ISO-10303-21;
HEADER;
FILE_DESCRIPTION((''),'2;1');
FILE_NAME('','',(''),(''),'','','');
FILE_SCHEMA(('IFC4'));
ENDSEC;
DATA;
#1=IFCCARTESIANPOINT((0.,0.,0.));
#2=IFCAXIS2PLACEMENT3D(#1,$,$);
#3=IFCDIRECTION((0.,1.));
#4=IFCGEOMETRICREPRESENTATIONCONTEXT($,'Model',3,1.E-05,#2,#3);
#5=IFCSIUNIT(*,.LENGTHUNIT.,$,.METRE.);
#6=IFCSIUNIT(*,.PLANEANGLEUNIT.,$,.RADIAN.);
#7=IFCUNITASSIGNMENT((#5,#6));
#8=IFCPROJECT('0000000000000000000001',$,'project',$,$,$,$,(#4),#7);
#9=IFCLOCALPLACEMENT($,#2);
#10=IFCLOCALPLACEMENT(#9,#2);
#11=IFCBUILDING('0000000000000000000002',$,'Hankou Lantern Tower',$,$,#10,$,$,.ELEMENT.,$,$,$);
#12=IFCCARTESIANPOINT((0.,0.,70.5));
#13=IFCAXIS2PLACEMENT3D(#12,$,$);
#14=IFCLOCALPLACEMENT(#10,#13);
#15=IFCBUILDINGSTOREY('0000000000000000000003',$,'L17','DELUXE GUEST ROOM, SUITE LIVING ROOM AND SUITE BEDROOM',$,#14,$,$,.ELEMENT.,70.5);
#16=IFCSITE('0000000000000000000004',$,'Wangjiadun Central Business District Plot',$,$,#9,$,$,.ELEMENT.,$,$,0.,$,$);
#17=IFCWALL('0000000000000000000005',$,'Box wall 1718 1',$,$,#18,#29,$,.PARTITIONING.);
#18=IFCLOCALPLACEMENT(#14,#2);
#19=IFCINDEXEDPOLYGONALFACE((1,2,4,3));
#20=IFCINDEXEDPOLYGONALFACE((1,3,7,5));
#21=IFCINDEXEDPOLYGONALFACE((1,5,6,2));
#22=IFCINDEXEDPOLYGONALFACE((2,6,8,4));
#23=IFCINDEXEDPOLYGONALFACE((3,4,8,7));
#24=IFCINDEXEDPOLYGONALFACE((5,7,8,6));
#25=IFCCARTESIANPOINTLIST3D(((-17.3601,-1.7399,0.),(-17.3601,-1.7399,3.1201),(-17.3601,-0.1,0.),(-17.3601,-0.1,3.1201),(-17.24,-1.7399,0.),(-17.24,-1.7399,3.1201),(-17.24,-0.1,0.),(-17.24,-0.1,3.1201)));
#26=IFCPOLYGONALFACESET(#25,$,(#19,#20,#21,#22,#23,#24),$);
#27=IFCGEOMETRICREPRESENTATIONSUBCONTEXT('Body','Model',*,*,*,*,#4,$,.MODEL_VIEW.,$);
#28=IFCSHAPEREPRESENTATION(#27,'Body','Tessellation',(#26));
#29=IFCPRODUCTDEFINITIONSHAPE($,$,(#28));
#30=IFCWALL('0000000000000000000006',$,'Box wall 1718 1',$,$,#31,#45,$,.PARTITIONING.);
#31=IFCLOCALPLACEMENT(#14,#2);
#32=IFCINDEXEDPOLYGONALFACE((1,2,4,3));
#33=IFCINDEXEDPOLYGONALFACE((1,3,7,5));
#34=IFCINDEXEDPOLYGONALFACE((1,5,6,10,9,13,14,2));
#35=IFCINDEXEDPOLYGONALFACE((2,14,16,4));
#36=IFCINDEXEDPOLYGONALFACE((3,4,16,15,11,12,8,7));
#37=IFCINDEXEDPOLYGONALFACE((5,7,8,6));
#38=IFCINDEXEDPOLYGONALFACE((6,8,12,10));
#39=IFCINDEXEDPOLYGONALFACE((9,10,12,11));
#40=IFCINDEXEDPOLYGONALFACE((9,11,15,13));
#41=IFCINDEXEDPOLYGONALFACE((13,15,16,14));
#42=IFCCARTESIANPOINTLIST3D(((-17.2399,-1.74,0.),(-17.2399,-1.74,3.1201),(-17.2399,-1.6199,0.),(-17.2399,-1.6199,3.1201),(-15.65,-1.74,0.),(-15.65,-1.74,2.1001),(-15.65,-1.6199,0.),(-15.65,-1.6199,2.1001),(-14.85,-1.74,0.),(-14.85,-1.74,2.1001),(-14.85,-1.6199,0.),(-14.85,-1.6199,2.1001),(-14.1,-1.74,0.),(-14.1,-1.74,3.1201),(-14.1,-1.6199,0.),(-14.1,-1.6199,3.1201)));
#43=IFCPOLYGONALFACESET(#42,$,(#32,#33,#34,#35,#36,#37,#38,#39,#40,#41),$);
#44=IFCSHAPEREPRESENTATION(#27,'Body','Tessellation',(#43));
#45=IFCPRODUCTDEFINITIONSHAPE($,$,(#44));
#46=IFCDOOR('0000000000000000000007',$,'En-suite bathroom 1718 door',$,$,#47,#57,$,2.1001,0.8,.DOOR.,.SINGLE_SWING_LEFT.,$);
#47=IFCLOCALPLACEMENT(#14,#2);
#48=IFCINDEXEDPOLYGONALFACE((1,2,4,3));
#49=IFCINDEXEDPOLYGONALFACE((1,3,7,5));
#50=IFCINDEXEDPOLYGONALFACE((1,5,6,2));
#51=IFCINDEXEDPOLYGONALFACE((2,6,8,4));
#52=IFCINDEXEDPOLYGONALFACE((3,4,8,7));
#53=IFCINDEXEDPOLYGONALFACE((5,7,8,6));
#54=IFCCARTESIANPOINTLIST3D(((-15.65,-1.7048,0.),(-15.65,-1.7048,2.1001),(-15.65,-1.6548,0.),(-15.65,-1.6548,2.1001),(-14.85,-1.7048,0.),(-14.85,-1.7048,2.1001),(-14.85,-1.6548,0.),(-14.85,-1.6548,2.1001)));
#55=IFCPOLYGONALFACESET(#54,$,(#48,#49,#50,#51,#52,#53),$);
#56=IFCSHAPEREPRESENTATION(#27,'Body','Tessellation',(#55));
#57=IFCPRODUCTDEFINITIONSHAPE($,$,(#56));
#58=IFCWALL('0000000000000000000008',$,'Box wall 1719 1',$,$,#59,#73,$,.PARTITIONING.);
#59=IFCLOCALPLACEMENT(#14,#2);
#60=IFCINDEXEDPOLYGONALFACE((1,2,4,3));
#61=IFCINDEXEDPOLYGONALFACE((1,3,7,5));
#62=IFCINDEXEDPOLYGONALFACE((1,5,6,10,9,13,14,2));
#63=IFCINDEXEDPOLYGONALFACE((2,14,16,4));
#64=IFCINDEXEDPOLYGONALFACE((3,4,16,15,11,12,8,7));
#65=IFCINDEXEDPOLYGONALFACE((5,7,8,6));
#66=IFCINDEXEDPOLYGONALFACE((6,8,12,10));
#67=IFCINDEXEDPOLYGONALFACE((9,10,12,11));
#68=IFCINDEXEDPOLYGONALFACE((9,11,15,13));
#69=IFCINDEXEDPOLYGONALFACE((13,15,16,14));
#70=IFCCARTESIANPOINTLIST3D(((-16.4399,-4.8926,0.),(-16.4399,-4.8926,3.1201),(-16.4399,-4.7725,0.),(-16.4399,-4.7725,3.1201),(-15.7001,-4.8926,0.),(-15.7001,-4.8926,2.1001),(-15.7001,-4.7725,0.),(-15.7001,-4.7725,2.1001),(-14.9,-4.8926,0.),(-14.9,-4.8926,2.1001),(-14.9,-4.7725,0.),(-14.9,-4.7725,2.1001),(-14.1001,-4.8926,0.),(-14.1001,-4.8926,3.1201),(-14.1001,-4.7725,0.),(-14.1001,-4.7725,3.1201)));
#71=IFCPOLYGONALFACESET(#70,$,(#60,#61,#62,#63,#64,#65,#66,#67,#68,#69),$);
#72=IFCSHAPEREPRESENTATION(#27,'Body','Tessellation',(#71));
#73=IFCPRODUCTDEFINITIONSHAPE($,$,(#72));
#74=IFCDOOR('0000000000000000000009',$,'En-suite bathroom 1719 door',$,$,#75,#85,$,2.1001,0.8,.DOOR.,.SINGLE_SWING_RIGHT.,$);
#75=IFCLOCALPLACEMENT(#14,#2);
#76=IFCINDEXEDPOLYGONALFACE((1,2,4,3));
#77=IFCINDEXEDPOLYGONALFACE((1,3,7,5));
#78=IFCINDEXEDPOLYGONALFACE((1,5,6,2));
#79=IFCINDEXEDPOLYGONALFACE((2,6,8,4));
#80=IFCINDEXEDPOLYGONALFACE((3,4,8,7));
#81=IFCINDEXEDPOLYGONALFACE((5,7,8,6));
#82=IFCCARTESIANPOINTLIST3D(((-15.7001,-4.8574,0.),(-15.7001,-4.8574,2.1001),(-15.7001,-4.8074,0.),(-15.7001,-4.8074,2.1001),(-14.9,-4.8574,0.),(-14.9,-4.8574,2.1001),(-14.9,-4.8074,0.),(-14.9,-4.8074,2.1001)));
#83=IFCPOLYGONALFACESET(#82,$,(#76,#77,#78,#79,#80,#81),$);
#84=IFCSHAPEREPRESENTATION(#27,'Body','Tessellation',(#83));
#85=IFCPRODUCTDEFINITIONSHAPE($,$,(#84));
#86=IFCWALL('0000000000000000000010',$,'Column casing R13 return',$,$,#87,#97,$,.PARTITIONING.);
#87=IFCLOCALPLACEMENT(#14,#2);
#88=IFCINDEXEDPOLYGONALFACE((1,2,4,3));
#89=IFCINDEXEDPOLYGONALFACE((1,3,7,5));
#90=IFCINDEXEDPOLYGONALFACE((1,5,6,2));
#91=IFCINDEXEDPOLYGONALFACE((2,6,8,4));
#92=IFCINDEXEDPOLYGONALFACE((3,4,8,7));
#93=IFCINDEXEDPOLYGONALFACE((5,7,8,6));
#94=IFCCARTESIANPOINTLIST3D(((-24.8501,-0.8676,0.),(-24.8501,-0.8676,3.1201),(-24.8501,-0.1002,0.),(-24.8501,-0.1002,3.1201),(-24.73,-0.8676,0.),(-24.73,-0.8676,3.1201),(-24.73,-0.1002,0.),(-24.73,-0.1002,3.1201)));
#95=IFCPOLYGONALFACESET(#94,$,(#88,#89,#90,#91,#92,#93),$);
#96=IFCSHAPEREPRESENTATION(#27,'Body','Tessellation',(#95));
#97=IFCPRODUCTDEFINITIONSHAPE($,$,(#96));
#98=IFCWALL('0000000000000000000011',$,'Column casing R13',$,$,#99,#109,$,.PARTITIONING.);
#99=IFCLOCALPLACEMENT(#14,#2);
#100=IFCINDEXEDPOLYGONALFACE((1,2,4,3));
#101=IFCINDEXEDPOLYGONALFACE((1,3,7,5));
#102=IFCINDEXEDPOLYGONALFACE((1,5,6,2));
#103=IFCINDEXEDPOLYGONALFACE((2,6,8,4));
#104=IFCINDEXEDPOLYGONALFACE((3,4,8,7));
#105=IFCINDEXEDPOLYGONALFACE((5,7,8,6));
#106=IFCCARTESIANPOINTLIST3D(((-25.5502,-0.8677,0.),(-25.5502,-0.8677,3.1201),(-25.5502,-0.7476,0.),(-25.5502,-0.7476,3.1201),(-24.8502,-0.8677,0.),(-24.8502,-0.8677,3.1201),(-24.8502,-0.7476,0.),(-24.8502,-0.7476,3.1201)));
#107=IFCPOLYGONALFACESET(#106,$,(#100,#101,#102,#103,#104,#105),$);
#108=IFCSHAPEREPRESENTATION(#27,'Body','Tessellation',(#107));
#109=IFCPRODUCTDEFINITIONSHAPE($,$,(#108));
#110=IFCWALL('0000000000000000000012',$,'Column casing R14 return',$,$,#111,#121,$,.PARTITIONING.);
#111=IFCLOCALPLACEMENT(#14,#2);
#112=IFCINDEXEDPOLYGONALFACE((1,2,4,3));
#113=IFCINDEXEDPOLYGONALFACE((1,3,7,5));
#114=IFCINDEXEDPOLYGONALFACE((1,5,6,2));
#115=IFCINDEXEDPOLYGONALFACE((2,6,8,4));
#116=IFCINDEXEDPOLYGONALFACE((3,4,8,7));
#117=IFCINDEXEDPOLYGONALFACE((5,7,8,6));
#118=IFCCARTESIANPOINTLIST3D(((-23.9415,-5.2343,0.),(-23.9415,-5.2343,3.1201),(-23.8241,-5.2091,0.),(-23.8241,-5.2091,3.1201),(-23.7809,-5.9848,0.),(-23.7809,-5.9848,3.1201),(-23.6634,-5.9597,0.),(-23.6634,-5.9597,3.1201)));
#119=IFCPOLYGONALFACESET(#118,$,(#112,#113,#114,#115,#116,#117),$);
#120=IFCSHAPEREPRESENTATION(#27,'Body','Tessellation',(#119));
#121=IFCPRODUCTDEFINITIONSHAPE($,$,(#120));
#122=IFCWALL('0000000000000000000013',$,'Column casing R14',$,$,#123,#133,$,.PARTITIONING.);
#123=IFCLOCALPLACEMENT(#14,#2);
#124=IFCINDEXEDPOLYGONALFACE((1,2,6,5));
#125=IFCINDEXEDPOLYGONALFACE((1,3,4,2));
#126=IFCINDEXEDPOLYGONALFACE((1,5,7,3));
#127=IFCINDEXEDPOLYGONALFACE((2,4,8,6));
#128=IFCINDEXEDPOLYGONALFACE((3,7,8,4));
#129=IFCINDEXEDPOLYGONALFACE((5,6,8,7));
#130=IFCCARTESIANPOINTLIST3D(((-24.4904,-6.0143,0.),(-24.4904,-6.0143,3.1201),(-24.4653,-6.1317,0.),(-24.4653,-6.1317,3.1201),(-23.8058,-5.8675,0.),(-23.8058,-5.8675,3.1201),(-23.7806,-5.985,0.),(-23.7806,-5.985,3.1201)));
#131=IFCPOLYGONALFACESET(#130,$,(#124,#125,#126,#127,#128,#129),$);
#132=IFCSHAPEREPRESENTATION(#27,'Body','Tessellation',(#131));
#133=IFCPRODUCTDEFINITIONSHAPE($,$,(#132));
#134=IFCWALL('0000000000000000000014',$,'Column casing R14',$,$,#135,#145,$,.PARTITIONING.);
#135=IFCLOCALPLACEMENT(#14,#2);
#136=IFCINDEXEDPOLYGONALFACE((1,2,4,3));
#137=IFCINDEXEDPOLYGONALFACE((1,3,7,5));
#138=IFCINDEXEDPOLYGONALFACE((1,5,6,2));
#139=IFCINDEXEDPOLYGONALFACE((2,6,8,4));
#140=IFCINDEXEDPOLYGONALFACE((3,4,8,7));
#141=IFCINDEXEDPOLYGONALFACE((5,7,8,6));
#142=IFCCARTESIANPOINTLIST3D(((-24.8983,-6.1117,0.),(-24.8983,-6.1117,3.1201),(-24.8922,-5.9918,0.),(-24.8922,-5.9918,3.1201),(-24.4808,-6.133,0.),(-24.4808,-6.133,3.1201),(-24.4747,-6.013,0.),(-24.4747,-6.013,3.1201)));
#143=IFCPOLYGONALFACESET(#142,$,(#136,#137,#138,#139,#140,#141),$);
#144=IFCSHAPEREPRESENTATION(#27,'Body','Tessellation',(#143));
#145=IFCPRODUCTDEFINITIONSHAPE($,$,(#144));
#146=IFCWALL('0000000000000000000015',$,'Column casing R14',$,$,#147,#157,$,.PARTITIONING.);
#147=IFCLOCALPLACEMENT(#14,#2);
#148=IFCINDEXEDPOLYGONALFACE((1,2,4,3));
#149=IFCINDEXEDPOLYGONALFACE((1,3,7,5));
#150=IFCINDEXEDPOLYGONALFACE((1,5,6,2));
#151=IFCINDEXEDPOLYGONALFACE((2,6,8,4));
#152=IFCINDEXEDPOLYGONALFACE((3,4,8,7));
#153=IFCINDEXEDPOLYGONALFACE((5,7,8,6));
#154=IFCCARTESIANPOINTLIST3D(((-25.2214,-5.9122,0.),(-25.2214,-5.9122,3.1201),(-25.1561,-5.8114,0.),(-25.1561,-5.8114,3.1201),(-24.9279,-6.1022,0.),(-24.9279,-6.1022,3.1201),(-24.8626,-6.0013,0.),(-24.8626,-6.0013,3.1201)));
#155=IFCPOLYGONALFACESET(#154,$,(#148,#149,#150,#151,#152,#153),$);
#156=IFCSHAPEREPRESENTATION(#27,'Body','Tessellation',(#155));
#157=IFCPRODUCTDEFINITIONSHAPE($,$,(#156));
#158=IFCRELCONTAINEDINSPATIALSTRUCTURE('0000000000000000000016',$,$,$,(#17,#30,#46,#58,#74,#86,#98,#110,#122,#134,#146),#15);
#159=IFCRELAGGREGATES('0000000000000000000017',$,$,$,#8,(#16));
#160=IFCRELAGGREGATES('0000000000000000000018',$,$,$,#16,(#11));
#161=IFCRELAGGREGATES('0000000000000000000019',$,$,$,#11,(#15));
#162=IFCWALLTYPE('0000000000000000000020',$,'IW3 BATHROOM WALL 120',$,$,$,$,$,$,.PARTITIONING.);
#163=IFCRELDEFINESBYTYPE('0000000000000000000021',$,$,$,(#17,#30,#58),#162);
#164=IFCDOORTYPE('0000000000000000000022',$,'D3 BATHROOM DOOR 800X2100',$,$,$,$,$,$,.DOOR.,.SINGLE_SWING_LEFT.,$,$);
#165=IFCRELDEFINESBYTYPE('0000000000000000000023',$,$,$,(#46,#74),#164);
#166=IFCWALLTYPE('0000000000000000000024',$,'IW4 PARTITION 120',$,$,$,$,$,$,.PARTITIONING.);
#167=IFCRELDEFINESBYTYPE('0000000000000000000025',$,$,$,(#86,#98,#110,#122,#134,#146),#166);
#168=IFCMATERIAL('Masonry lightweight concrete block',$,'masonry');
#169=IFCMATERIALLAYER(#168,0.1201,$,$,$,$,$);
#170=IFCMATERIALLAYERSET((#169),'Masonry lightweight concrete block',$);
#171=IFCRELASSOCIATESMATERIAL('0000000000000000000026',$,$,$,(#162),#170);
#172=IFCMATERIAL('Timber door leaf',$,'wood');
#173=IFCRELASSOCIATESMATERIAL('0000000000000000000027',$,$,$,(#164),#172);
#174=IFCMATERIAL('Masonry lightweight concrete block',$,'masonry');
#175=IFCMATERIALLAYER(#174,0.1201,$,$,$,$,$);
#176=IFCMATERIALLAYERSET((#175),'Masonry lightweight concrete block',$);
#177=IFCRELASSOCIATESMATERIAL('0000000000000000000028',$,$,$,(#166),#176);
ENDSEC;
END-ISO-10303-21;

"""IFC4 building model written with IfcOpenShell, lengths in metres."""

from ifc_helpers import new_model, si_unit, direction, frame, frame_2d, origin, place, context, subcontext, project, spatial, rectangle, extrude, material, layer, layer_set, type_object, element, fill, save


model = new_model("IFC4")

# Units and contexts
model_context = context("Model", 3, precision=1e-05, world=origin(), true_north=direction((0.0, 1.0)))
body_context = subcontext(model_context, "Body", "Model", "MODEL_VIEW")
ifc_project = project(units=[si_unit("LENGTHUNIT", "METRE"), si_unit("PLANEANGLEUNIT", "RADIAN")], contexts=[model_context])

# Site, building, storey
site_placement = place(None, origin())
site = spatial("IfcSite", under=ifc_project, at=site_placement, Name="Wangjiadun Central Business District Plot", CompositionType="ELEMENT", RefElevation=0.0)
building_placement = place(site_placement, origin())
building = spatial("IfcBuilding", under=site, at=building_placement, Name="Hankou Lantern Tower", CompositionType="ELEMENT")
storey_placement = place(building_placement, frame((0.0, 0.0, 70.5)))
storey = spatial("IfcBuildingStorey", under=building, at=storey_placement, Name="L17", Description="DELUXE GUEST ROOM, SUITE LIVING ROOM AND SUITE BEDROOM", CompositionType="ELEMENT", Elevation=70.5)

# Wall
ifc_material_1 = material(Name="Masonry lightweight concrete block", Category="masonry")
ifc_layer_1 = layer(ifc_material_1, 0.1201)
ifc_layer_set_1 = layer_set([ifc_layer_1], Name="Masonry lightweight concrete block")
wall_type_1 = type_object("IfcWallType", Name="IW3 BATHROOM WALL 120", PredefinedType="PARTITIONING", material=ifc_layer_set_1)
wall_1_placement = place(storey_placement, frame((-17.3, -0.1001, 0.0), z_axis=(0.0, 0.0, 1.0), x_axis=(0.0, -1.0, 0.0)))
element("IfcWall", 1, at=wall_1_placement, inside=storey, type_object=wall_type_1, Name="Box wall 1718 1", PredefinedType="PARTITIONING", context=body_context, shape_type="SweptSolid", body=[
    extrude(rectangle(XDim=1.6399, YDim=0.1201, at=frame_2d((0.8198, 0.0))), origin(), (0.0, 0.0, 1.0), 3.1201),
])

# Walls, openings, doors
wall_2_placement = place(storey_placement, frame((-14.1001, -1.6799, 0.0), z_axis=(0.0, 0.0, 1.0), x_axis=(-1.0, 0.0, 0.0)))
wall_2 = element("IfcWall", 2, at=wall_2_placement, inside=storey, type_object=wall_type_1, Name="Box wall 1718 1", PredefinedType="PARTITIONING", context=body_context, shape_type="SweptSolid", body=[
    extrude(rectangle(XDim=3.1399, YDim=0.1201, at=frame_2d((1.5698, 0.0))), origin(), (0.0, 0.0, 1.0), 3.1201),
])
opening_1_placement = place(wall_2_placement, frame((0.75, 0.0, 0.0)))
opening_1 = element("IfcOpeningElement", 3, at=opening_1_placement, cuts=wall_2, PredefinedType="OPENING", context=body_context, shape_type="SweptSolid", body=[
    extrude(rectangle(XDim=0.8, YDim=2.1001, at=frame_2d((0.3999, 1.05))), frame((0.0, 0.0701, 0.0), z_axis=(0.0, -1.0, 0.0), x_axis=(1.0, 0.0, 0.0)), (0.0, 0.0, 1.0), 0.1401),
])
ifc_material_2 = material(Name="Timber door leaf", Category="wood")
door_type_1 = type_object("IfcDoorType", Name="D3 BATHROOM DOOR 800X2100", OperationType="SINGLE_SWING_LEFT", PredefinedType="DOOR", material=ifc_material_2)
door_1_placement = place(opening_1_placement, origin())
door_1 = element("IfcDoor", 4, at=door_1_placement, inside=storey, type_object=door_type_1, Name="En-suite bathroom 1718 door", OperationType="SINGLE_SWING_LEFT", OverallHeight=2.1001, OverallWidth=0.8, PredefinedType="DOOR", context=body_context, shape_type="SweptSolid", body=[
    extrude(rectangle(XDim=0.8, YDim=2.1001, at=frame_2d((0.3999, 1.05))), frame((0.0, 0.0249, 0.0), z_axis=(0.0, -1.0, 0.0), x_axis=(1.0, 0.0, 0.0)), (0.0, 0.0, 1.0), 0.05),
])
fill(opening_1, door_1)
wall_3_placement = place(storey_placement, frame((-14.1001, -4.8325, 0.0), z_axis=(0.0, 0.0, 1.0), x_axis=(-1.0, 0.0, 0.0)))
wall_3 = element("IfcWall", 5, at=wall_3_placement, inside=storey, type_object=wall_type_1, Name="Box wall 1719 1", PredefinedType="PARTITIONING", context=body_context, shape_type="SweptSolid", body=[
    extrude(rectangle(XDim=2.3398, YDim=0.1201, at=frame_2d((1.1699, 0.0))), origin(), (0.0, 0.0, 1.0), 3.1201),
])
opening_2_placement = place(wall_3_placement, frame((0.8, 0.0, 0.0)))
opening_2 = element("IfcOpeningElement", 6, at=opening_2_placement, cuts=wall_3, PredefinedType="OPENING", context=body_context, shape_type="SweptSolid", body=[
    extrude(rectangle(XDim=0.8, YDim=2.1001, at=frame_2d((0.3999, 1.05))), frame((0.0, 0.0701, 0.0), z_axis=(0.0, -1.0, 0.0), x_axis=(1.0, 0.0, 0.0)), (0.0, 0.0, 1.0), 0.1401),
])
door_2_placement = place(opening_2_placement, origin())
door_2 = element("IfcDoor", 7, at=door_2_placement, inside=storey, type_object=door_type_1, Name="En-suite bathroom 1719 door", OperationType="SINGLE_SWING_RIGHT", OverallHeight=2.1001, OverallWidth=0.8, PredefinedType="DOOR", context=body_context, shape_type="SweptSolid", body=[
    extrude(rectangle(XDim=0.8, YDim=2.1001, at=frame_2d((0.3999, 1.05))), frame((0.0, 0.0249, 0.0), z_axis=(0.0, -1.0, 0.0), x_axis=(1.0, 0.0, 0.0)), (0.0, 0.0, 1.0), 0.05),
])
fill(opening_2, door_2)

# Walls
ifc_material_3 = material(Name="Masonry lightweight concrete block", Category="masonry")
ifc_layer_2 = layer(ifc_material_3, 0.1201)
ifc_layer_set_2 = layer_set([ifc_layer_2], Name="Masonry lightweight concrete block")
wall_type_2 = type_object("IfcWallType", Name="IW4 PARTITION 120", PredefinedType="PARTITIONING", material=ifc_layer_set_2)
wall_4_placement = place(storey_placement, frame((-24.79, -0.1001, 0.0), z_axis=(0.0, 0.0, 1.0), x_axis=(0.0, -1.0, 0.0)))
element("IfcWall", 8, at=wall_4_placement, inside=storey, type_object=wall_type_2, Name="Column casing R13 return", PredefinedType="PARTITIONING", context=body_context, shape_type="SweptSolid", body=[
    extrude(rectangle(XDim=0.7673, YDim=0.1201, at=frame_2d((0.3838, 0.0))), origin(), (0.0, 0.0, 1.0), 3.1201),
])
wall_5_placement = place(storey_placement, frame((-24.8501, -0.8076, 0.0), z_axis=(0.0, 0.0, 1.0), x_axis=(-1.0, 0.0, 0.0)))
element("IfcWall", 9, at=wall_5_placement, inside=storey, type_object=wall_type_2, Name="Column casing R13", PredefinedType="PARTITIONING", context=body_context, shape_type="SweptSolid", body=[
    extrude(rectangle(XDim=0.7, YDim=0.1201, at=frame_2d((0.3501, 0.0))), origin(), (0.0, 0.0, 1.0), 3.1201),
])
wall_6_placement = place(storey_placement, frame((-23.8828, -5.2217, 0.0), z_axis=(0.0, 0.0, 1.0), x_axis=(0.209312, -0.977849, 0.0)))
element("IfcWall", 10, at=wall_6_placement, inside=storey, type_object=wall_type_2, Name="Column casing R14 return", PredefinedType="PARTITIONING", context=body_context, shape_type="SweptSolid", body=[
    extrude(rectangle(XDim=0.7676, YDim=0.1201, at=frame_2d((0.3838, 0.0))), origin(), (0.0, 0.0, 1.0), 3.1201),
])
wall_7_placement = place(storey_placement, frame((-23.7932, -5.9263, 0.0), z_axis=(0.0, 0.0, 1.0), x_axis=(-0.977792, -0.209577, 0.0)))
element("IfcWall", 11, at=wall_7_placement, inside=storey, type_object=wall_type_2, Name="Column casing R14", PredefinedType="PARTITIONING", context=body_context, shape_type="SweptSolid", body=[
    extrude(rectangle(XDim=0.7002, YDim=0.1201, at=frame_2d((0.3501, 0.0))), origin(), (0.0, 0.0, 1.0), 3.1201),
])
wall_8_placement = place(storey_placement, frame((-24.4778, -6.073, 0.0), z_axis=(0.0, 0.0, 1.0), x_axis=(-0.998708, 0.050811, 0.0)))
element("IfcWall", 12, at=wall_8_placement, inside=storey, type_object=wall_type_2, Name="Column casing R14", PredefinedType="PARTITIONING", context=body_context, shape_type="SweptSolid", body=[
    extrude(rectangle(XDim=0.418, YDim=0.1201, at=frame_2d((0.209, 0.0))), origin(), (0.0, 0.0, 1.0), 3.1201),
])
wall_9_placement = place(storey_placement, frame((-24.8953, -6.0518, 0.0), z_axis=(0.0, 0.0, 1.0), x_axis=(-0.839495, 0.543367, 0.0)))
element("IfcWall", 13, at=wall_9_placement, inside=storey, type_object=wall_type_2, Name="Column casing R14", PredefinedType="PARTITIONING", context=body_context, shape_type="SweptSolid", body=[
    extrude(rectangle(XDim=0.3496, YDim=0.1201, at=frame_2d((0.1748, 0.0))), origin(), (0.0, 0.0, 1.0), 3.1201),
])

save(model, "model.ifc")
